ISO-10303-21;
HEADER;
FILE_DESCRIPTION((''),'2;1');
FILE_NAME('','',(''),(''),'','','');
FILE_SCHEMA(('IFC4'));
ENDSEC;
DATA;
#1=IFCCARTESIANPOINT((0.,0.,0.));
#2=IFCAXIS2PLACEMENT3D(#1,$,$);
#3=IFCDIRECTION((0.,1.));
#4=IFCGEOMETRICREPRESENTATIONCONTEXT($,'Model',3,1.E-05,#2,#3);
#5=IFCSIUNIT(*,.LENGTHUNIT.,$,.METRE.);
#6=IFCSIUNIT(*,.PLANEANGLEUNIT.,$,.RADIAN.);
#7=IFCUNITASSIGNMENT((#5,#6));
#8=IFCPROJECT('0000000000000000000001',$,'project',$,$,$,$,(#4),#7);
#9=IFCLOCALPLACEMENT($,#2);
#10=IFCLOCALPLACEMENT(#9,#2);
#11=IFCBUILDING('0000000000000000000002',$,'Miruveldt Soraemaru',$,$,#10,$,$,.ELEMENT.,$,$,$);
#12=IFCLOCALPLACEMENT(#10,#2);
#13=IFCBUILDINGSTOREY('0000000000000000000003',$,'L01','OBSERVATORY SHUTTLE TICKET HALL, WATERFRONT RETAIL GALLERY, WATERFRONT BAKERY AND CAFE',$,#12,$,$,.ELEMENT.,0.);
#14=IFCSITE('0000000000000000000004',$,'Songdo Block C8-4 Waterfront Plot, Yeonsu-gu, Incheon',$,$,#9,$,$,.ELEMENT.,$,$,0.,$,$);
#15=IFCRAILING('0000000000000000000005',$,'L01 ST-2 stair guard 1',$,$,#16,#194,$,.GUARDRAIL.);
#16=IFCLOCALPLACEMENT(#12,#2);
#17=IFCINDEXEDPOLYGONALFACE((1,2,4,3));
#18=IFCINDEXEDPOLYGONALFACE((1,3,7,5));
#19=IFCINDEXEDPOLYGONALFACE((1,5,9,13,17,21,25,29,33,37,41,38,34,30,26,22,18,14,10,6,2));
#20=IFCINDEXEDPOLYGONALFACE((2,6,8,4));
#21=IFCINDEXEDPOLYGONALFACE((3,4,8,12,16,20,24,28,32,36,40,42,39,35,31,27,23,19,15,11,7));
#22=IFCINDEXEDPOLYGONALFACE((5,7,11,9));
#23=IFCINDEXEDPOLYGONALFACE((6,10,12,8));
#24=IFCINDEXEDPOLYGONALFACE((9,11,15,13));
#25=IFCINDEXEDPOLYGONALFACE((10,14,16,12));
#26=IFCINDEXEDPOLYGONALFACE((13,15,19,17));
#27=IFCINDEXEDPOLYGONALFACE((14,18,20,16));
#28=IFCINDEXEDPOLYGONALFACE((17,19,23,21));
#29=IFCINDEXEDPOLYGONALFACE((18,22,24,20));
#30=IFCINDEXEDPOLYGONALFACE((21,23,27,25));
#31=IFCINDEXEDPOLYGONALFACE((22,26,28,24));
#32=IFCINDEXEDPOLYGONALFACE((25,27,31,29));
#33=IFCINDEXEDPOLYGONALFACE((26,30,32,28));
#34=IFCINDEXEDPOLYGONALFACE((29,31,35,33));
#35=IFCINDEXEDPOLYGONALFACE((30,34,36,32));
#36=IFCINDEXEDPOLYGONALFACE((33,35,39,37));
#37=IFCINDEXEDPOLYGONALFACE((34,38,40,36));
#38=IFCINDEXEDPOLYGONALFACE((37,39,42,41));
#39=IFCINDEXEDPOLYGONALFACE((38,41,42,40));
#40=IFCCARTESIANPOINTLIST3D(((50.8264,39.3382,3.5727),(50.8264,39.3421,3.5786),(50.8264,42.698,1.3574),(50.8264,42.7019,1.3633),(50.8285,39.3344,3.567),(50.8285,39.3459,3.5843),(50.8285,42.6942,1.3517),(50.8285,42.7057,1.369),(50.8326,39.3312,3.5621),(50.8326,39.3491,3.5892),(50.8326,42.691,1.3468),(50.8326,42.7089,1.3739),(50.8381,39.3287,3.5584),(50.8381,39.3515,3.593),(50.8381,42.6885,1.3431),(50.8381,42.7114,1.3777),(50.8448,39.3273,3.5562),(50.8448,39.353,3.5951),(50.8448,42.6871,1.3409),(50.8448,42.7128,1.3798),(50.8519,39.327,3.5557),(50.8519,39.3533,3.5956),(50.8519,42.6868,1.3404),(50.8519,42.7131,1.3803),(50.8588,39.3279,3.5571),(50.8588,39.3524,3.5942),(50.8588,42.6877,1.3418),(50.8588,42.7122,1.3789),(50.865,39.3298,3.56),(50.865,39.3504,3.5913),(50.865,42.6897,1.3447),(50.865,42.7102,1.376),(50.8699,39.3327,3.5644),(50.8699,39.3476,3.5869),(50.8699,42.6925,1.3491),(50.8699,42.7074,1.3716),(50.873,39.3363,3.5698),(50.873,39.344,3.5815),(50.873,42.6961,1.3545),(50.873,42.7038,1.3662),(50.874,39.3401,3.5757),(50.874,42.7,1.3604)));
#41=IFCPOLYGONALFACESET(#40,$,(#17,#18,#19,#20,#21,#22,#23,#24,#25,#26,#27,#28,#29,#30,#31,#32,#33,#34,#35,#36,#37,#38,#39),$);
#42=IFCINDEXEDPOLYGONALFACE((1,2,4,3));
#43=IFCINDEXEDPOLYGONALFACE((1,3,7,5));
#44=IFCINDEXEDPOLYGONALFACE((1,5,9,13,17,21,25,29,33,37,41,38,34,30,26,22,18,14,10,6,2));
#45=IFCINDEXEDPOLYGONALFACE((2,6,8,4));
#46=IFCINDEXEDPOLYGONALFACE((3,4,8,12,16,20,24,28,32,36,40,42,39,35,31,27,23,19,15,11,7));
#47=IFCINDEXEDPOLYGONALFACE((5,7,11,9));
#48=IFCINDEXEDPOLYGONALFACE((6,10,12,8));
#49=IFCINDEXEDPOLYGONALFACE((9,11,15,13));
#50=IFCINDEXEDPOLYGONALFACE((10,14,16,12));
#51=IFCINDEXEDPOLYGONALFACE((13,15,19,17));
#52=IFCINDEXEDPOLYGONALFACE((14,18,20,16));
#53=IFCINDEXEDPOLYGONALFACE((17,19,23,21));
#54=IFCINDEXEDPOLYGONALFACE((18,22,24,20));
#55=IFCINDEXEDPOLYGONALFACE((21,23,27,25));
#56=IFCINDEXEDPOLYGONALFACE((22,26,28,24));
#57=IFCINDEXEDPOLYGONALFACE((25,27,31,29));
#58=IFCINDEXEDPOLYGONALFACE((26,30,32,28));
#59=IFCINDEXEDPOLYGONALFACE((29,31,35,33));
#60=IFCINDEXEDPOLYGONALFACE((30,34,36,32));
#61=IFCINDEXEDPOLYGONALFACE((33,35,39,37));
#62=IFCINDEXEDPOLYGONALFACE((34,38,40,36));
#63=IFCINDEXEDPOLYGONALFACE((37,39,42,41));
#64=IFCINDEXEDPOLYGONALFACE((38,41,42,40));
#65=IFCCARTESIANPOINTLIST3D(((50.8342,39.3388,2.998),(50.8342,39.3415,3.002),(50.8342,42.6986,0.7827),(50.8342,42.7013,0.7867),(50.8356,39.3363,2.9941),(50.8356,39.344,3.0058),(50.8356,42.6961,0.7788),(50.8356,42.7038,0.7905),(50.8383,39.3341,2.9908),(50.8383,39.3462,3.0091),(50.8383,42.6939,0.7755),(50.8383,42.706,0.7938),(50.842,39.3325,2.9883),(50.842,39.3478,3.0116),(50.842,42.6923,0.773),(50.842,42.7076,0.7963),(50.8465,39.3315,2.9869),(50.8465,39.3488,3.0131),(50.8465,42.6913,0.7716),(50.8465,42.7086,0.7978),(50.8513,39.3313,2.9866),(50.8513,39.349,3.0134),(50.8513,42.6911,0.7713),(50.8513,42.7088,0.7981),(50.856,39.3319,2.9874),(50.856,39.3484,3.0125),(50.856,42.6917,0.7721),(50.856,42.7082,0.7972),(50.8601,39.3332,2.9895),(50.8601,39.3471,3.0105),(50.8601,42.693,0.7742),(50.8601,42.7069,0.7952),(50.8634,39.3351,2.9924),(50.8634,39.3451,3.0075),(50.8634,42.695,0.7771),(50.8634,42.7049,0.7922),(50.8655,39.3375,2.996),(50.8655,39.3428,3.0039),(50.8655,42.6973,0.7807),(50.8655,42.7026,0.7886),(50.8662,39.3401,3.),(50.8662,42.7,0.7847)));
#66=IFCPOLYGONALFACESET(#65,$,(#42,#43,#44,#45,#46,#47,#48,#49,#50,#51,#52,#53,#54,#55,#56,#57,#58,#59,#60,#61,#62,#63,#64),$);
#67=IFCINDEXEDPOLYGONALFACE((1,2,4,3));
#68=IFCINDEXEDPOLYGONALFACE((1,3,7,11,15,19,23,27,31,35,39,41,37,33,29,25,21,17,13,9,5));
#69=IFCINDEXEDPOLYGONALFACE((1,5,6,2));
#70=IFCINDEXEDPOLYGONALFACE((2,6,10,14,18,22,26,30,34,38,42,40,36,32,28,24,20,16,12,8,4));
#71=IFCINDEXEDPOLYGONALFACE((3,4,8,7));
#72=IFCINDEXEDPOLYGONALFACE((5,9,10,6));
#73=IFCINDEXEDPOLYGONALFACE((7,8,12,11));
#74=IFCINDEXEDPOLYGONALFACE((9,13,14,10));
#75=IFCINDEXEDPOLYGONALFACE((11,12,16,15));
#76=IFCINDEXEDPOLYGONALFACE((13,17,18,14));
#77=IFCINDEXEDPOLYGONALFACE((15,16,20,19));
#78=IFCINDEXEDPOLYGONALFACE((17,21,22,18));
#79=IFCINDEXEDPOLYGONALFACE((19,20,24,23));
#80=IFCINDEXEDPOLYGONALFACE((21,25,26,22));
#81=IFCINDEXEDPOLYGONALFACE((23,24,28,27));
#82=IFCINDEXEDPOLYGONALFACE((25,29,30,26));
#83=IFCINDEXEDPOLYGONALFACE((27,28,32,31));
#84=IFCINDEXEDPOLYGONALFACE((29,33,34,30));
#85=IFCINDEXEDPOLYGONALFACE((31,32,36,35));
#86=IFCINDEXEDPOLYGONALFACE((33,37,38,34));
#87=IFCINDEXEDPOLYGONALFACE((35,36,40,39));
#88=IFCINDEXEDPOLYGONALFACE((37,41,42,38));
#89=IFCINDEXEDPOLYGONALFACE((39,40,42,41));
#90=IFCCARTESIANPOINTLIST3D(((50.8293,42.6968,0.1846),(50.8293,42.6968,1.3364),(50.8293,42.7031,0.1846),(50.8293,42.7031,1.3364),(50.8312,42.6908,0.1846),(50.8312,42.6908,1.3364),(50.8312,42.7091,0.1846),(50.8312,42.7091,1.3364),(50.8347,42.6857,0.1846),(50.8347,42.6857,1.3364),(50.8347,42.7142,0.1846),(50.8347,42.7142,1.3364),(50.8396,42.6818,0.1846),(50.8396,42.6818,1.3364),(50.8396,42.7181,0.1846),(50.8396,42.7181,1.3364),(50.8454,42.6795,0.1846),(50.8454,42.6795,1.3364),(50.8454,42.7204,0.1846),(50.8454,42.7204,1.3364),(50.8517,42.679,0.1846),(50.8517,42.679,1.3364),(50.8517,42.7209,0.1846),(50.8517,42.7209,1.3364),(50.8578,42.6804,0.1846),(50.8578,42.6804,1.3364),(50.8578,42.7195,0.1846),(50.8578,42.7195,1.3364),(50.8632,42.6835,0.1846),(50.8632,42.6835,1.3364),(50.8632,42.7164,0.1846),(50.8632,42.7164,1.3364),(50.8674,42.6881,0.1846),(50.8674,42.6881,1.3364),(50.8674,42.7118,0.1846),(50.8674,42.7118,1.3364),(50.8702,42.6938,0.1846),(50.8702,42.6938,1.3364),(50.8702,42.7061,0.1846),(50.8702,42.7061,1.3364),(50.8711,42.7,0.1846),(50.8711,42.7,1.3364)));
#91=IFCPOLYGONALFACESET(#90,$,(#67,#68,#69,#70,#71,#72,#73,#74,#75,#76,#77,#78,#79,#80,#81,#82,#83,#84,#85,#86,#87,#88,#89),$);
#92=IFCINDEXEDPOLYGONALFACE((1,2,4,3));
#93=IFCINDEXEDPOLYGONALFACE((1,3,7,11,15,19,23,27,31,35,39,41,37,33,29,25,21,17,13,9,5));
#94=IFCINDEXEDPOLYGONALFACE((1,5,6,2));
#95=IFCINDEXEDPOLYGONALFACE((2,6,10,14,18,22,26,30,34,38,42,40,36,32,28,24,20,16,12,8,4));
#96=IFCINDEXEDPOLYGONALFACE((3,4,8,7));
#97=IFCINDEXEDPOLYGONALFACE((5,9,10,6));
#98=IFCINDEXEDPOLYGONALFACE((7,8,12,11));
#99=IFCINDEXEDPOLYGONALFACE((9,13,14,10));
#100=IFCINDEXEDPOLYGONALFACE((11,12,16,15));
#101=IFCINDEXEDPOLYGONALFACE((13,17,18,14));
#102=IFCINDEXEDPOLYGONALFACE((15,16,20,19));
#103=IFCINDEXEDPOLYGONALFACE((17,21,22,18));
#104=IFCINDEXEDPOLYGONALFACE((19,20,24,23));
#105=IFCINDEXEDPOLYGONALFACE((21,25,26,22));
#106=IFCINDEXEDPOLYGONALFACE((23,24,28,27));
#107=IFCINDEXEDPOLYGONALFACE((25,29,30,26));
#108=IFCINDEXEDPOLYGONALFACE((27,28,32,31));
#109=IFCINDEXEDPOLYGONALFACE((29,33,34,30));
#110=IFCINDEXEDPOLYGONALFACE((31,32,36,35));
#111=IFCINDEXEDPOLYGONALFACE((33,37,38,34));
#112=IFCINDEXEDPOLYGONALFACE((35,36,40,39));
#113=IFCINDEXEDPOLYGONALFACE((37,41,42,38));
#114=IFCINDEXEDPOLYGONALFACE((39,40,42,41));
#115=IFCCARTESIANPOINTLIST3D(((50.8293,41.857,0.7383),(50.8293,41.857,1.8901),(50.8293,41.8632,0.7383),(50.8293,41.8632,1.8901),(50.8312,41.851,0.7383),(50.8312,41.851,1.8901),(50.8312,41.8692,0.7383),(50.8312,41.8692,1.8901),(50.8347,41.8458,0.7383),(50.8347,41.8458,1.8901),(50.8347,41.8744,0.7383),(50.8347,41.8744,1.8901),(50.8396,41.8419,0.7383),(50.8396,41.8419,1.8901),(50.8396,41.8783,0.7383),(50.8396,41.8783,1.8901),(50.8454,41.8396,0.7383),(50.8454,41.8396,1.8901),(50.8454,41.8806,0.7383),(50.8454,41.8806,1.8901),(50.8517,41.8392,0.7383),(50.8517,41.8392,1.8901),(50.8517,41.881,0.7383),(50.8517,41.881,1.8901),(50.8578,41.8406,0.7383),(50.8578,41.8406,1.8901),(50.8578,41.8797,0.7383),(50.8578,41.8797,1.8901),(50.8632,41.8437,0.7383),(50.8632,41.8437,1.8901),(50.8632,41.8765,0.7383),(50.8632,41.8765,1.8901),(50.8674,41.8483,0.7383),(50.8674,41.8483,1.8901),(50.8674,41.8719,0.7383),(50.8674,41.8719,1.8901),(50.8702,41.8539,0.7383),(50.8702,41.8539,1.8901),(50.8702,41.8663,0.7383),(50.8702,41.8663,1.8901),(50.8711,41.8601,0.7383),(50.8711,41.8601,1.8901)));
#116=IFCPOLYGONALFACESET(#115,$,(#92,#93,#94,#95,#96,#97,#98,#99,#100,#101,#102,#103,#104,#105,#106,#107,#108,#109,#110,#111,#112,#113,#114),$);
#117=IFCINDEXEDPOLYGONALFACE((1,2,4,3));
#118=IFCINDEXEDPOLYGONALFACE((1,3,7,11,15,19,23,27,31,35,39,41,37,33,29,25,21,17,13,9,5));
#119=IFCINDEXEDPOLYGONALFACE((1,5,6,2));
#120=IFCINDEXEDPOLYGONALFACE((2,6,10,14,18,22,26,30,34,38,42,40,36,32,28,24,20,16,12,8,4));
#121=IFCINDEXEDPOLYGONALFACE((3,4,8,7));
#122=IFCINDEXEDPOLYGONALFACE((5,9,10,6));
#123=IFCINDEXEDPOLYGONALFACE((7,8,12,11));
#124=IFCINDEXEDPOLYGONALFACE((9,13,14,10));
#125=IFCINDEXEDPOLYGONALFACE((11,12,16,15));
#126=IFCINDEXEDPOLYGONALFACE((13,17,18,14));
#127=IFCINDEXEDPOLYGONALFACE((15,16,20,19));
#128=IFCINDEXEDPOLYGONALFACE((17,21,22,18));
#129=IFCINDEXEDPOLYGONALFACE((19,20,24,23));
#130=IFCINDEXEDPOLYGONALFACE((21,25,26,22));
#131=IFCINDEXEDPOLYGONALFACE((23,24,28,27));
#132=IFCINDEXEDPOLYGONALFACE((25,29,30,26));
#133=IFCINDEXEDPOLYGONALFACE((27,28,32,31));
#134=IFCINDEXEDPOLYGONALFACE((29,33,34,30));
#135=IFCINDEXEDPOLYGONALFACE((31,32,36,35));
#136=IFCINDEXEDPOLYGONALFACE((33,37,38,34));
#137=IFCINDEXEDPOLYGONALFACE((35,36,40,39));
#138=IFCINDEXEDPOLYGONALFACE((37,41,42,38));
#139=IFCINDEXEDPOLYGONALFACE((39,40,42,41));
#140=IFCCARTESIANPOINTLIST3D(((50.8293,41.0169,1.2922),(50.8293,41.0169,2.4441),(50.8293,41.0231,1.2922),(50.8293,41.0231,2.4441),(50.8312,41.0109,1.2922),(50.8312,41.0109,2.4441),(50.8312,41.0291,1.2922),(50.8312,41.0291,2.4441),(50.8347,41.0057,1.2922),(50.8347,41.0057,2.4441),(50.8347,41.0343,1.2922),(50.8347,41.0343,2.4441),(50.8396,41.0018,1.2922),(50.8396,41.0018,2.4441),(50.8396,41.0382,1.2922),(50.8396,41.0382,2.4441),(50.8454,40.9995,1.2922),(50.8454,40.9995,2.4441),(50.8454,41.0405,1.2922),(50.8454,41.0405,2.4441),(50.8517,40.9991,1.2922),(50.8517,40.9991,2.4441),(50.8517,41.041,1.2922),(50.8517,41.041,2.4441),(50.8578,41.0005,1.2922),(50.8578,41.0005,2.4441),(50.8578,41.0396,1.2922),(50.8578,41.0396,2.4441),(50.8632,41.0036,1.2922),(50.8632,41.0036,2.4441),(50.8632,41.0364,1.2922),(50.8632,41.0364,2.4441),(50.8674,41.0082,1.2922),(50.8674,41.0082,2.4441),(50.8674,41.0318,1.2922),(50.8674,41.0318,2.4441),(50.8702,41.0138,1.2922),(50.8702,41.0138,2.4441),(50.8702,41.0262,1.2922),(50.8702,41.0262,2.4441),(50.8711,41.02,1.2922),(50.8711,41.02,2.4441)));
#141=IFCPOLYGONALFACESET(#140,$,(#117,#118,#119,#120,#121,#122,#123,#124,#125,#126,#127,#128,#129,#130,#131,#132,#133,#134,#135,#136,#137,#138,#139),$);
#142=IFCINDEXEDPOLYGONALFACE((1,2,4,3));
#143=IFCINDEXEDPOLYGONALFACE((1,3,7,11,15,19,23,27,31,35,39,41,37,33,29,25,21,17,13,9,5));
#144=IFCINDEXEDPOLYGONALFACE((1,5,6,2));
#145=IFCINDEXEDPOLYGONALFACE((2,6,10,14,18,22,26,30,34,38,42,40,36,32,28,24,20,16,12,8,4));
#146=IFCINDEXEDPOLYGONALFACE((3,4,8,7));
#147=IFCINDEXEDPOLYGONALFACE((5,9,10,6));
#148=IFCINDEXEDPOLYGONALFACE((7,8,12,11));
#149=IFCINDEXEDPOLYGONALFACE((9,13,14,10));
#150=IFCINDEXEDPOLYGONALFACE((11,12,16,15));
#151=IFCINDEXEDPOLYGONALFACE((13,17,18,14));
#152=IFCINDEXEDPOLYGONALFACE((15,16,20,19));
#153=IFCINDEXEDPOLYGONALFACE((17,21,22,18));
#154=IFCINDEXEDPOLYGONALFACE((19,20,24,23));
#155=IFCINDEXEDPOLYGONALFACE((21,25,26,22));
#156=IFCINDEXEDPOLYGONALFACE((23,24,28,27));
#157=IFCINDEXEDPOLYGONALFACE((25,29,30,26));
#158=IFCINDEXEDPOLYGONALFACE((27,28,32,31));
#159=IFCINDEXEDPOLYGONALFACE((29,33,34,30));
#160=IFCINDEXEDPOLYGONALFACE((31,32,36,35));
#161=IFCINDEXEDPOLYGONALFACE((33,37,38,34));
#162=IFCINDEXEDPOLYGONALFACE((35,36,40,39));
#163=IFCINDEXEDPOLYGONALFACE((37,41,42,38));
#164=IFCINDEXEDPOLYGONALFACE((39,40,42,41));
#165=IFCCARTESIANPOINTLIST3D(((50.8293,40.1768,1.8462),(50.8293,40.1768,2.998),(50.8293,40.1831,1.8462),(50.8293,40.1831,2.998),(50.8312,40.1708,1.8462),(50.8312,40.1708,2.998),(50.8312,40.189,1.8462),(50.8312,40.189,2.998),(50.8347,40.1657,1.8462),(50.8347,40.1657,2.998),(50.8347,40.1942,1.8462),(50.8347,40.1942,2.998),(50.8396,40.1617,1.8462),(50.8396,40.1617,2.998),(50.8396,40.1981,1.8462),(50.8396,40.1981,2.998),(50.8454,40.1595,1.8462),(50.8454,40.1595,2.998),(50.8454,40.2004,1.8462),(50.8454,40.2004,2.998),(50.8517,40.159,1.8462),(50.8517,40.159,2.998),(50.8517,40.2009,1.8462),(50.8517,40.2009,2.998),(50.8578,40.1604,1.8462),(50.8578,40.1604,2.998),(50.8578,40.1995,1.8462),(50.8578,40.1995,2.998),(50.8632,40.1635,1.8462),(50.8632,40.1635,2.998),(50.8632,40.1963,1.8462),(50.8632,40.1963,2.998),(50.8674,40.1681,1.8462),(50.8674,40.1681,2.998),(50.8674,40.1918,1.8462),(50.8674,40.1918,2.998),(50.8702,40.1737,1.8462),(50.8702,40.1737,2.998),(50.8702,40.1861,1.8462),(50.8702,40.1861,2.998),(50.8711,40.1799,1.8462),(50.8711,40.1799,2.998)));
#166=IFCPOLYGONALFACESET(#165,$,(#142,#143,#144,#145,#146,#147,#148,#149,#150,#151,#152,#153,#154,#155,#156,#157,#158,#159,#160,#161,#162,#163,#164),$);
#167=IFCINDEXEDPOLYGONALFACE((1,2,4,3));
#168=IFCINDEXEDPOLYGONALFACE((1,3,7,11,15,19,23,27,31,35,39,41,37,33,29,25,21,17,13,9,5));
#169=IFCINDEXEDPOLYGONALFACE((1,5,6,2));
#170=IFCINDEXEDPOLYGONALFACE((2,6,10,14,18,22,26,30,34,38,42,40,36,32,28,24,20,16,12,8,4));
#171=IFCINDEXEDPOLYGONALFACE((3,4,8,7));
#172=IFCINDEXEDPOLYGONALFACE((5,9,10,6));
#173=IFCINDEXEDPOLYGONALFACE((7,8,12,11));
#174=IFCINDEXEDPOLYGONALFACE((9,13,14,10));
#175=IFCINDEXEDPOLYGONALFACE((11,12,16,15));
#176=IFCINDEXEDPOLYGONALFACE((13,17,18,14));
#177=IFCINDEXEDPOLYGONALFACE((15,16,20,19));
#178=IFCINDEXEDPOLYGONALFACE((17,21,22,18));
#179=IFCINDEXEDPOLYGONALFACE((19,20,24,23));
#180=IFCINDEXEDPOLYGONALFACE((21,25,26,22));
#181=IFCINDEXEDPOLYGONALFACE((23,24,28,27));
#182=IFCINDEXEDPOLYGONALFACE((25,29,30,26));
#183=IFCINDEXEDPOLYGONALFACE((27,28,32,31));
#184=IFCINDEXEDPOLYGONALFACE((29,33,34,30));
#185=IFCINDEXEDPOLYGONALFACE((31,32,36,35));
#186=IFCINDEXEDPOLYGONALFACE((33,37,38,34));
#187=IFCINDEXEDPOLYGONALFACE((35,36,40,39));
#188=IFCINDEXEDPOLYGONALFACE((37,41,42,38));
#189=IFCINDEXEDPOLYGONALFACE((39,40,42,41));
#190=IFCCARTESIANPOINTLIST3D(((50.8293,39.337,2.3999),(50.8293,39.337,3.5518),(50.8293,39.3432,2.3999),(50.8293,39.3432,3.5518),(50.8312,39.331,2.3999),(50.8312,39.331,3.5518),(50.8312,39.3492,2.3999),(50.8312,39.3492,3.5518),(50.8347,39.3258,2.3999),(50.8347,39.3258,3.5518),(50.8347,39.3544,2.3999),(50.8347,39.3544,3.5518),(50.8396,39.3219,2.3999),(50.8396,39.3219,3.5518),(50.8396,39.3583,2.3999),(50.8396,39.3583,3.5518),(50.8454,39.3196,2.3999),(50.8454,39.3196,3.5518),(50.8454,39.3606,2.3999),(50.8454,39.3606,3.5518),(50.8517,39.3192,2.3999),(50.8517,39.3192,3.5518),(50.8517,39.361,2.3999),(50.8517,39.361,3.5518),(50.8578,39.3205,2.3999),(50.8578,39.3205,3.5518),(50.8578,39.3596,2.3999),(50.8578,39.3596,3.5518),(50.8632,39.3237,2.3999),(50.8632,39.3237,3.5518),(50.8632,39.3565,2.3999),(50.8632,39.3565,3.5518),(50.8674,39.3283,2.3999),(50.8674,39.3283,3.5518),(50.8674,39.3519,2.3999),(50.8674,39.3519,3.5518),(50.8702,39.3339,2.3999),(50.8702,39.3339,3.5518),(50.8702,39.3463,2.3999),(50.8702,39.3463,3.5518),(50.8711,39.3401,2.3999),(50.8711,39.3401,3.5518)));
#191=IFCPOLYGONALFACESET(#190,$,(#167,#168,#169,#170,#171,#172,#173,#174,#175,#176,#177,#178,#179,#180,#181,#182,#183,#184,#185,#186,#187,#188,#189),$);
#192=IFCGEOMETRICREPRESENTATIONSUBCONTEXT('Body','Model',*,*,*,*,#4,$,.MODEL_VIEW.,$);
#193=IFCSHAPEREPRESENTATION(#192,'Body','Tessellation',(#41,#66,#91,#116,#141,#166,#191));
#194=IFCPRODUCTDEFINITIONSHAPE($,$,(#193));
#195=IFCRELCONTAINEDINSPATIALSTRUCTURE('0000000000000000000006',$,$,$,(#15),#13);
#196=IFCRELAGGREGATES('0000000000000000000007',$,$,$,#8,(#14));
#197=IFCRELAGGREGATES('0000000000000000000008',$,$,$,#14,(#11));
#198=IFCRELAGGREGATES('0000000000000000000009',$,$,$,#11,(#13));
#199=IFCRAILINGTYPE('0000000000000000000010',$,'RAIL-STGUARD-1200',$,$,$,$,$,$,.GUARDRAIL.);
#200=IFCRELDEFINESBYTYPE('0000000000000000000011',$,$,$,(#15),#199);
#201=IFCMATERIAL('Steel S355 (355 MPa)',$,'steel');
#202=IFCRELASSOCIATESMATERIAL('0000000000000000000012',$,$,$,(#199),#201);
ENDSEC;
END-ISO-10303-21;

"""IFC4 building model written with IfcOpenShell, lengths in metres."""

from ifc_helpers import new_model, si_unit, direction, frame, origin, origin_2d, place, context, subcontext, project, spatial, circle, extrude, material, type_object, element, save


model = new_model("IFC4")

# Units and contexts
model_context = context("Model", 3, precision=1e-05, world=origin(), true_north=direction((0.0, 1.0)))
body_context = subcontext(model_context, "Body", "Model", "MODEL_VIEW")
ifc_project = project(units=[si_unit("LENGTHUNIT", "METRE"), si_unit("PLANEANGLEUNIT", "RADIAN")], contexts=[model_context])

# Site, building, storey
site_placement = place(None, origin())
site = spatial("IfcSite", under=ifc_project, at=site_placement, Name="Songdo Block C8-4 Waterfront Plot, Yeonsu-gu, Incheon", CompositionType="ELEMENT", RefElevation=0.0)
building_placement = place(site_placement, origin())
building = spatial("IfcBuilding", under=site, at=building_placement, Name="Miruveldt Soraemaru", CompositionType="ELEMENT")
storey_placement = place(building_placement, origin())
storey = spatial("IfcBuildingStorey", under=building, at=storey_placement, Name="L01", Description="OBSERVATORY SHUTTLE TICKET HALL, WATERFRONT RETAIL GALLERY, WATERFRONT BAKERY AND CAFE", CompositionType="ELEMENT", Elevation=0.0)

# Shared definitions
ifc_material_1 = material(Name="Steel S355 (355 MPa)", Category="steel")

# Railing
railing_type_1 = type_object("IfcRailingType", Name="RAIL-STGUARD-1200", PredefinedType="GUARDRAIL", material=ifc_material_1)
railing_1_placement = place(storey_placement, frame((50.8501, 42.7, 0.1846)))
element("IfcRailing", 1, at=railing_1_placement, inside=storey, type_object=railing_type_1, Name="L01 ST-2 stair guard 1", PredefinedType="GUARDRAIL", context=body_context, shape_type="SweptSolid", body=[
    extrude(circle(Radius=0.0239, at=origin_2d()), frame((0.0, 0.0, 1.1758), z_axis=(0.0, -0.834858, 0.550465), x_axis=(1.0, 0.0, 0.0)), (0.0, 0.0, 1.0), 4.0244),
    extrude(circle(Radius=0.0161, at=origin_2d()), frame((0.0, 0.0, 0.6001), z_axis=(0.0, -0.834858, 0.550465), x_axis=(1.0, 0.0, 0.0)), (0.0, 0.0, 1.0), 4.0244),
    extrude(circle(Radius=0.021, at=origin_2d()), origin(), (0.0, 0.0, 1.0), 1.1519),
    extrude(circle(Radius=0.021, at=origin_2d()), frame((0.0, -0.8398, 0.5537)), (0.0, 0.0, 1.0), 1.1519),
    extrude(circle(Radius=0.021, at=origin_2d()), frame((0.0, -1.6799, 1.1077)), (0.0, 0.0, 1.0), 1.1519),
    extrude(circle(Radius=0.021, at=origin_2d()), frame((0.0, -2.52, 1.6616)), (0.0, 0.0, 1.0), 1.1519),
    extrude(circle(Radius=0.021, at=origin_2d()), frame((0.0, -3.3599, 2.2153)), (0.0, 0.0, 1.0), 1.1519),
])

save(model, "model.ifc")
